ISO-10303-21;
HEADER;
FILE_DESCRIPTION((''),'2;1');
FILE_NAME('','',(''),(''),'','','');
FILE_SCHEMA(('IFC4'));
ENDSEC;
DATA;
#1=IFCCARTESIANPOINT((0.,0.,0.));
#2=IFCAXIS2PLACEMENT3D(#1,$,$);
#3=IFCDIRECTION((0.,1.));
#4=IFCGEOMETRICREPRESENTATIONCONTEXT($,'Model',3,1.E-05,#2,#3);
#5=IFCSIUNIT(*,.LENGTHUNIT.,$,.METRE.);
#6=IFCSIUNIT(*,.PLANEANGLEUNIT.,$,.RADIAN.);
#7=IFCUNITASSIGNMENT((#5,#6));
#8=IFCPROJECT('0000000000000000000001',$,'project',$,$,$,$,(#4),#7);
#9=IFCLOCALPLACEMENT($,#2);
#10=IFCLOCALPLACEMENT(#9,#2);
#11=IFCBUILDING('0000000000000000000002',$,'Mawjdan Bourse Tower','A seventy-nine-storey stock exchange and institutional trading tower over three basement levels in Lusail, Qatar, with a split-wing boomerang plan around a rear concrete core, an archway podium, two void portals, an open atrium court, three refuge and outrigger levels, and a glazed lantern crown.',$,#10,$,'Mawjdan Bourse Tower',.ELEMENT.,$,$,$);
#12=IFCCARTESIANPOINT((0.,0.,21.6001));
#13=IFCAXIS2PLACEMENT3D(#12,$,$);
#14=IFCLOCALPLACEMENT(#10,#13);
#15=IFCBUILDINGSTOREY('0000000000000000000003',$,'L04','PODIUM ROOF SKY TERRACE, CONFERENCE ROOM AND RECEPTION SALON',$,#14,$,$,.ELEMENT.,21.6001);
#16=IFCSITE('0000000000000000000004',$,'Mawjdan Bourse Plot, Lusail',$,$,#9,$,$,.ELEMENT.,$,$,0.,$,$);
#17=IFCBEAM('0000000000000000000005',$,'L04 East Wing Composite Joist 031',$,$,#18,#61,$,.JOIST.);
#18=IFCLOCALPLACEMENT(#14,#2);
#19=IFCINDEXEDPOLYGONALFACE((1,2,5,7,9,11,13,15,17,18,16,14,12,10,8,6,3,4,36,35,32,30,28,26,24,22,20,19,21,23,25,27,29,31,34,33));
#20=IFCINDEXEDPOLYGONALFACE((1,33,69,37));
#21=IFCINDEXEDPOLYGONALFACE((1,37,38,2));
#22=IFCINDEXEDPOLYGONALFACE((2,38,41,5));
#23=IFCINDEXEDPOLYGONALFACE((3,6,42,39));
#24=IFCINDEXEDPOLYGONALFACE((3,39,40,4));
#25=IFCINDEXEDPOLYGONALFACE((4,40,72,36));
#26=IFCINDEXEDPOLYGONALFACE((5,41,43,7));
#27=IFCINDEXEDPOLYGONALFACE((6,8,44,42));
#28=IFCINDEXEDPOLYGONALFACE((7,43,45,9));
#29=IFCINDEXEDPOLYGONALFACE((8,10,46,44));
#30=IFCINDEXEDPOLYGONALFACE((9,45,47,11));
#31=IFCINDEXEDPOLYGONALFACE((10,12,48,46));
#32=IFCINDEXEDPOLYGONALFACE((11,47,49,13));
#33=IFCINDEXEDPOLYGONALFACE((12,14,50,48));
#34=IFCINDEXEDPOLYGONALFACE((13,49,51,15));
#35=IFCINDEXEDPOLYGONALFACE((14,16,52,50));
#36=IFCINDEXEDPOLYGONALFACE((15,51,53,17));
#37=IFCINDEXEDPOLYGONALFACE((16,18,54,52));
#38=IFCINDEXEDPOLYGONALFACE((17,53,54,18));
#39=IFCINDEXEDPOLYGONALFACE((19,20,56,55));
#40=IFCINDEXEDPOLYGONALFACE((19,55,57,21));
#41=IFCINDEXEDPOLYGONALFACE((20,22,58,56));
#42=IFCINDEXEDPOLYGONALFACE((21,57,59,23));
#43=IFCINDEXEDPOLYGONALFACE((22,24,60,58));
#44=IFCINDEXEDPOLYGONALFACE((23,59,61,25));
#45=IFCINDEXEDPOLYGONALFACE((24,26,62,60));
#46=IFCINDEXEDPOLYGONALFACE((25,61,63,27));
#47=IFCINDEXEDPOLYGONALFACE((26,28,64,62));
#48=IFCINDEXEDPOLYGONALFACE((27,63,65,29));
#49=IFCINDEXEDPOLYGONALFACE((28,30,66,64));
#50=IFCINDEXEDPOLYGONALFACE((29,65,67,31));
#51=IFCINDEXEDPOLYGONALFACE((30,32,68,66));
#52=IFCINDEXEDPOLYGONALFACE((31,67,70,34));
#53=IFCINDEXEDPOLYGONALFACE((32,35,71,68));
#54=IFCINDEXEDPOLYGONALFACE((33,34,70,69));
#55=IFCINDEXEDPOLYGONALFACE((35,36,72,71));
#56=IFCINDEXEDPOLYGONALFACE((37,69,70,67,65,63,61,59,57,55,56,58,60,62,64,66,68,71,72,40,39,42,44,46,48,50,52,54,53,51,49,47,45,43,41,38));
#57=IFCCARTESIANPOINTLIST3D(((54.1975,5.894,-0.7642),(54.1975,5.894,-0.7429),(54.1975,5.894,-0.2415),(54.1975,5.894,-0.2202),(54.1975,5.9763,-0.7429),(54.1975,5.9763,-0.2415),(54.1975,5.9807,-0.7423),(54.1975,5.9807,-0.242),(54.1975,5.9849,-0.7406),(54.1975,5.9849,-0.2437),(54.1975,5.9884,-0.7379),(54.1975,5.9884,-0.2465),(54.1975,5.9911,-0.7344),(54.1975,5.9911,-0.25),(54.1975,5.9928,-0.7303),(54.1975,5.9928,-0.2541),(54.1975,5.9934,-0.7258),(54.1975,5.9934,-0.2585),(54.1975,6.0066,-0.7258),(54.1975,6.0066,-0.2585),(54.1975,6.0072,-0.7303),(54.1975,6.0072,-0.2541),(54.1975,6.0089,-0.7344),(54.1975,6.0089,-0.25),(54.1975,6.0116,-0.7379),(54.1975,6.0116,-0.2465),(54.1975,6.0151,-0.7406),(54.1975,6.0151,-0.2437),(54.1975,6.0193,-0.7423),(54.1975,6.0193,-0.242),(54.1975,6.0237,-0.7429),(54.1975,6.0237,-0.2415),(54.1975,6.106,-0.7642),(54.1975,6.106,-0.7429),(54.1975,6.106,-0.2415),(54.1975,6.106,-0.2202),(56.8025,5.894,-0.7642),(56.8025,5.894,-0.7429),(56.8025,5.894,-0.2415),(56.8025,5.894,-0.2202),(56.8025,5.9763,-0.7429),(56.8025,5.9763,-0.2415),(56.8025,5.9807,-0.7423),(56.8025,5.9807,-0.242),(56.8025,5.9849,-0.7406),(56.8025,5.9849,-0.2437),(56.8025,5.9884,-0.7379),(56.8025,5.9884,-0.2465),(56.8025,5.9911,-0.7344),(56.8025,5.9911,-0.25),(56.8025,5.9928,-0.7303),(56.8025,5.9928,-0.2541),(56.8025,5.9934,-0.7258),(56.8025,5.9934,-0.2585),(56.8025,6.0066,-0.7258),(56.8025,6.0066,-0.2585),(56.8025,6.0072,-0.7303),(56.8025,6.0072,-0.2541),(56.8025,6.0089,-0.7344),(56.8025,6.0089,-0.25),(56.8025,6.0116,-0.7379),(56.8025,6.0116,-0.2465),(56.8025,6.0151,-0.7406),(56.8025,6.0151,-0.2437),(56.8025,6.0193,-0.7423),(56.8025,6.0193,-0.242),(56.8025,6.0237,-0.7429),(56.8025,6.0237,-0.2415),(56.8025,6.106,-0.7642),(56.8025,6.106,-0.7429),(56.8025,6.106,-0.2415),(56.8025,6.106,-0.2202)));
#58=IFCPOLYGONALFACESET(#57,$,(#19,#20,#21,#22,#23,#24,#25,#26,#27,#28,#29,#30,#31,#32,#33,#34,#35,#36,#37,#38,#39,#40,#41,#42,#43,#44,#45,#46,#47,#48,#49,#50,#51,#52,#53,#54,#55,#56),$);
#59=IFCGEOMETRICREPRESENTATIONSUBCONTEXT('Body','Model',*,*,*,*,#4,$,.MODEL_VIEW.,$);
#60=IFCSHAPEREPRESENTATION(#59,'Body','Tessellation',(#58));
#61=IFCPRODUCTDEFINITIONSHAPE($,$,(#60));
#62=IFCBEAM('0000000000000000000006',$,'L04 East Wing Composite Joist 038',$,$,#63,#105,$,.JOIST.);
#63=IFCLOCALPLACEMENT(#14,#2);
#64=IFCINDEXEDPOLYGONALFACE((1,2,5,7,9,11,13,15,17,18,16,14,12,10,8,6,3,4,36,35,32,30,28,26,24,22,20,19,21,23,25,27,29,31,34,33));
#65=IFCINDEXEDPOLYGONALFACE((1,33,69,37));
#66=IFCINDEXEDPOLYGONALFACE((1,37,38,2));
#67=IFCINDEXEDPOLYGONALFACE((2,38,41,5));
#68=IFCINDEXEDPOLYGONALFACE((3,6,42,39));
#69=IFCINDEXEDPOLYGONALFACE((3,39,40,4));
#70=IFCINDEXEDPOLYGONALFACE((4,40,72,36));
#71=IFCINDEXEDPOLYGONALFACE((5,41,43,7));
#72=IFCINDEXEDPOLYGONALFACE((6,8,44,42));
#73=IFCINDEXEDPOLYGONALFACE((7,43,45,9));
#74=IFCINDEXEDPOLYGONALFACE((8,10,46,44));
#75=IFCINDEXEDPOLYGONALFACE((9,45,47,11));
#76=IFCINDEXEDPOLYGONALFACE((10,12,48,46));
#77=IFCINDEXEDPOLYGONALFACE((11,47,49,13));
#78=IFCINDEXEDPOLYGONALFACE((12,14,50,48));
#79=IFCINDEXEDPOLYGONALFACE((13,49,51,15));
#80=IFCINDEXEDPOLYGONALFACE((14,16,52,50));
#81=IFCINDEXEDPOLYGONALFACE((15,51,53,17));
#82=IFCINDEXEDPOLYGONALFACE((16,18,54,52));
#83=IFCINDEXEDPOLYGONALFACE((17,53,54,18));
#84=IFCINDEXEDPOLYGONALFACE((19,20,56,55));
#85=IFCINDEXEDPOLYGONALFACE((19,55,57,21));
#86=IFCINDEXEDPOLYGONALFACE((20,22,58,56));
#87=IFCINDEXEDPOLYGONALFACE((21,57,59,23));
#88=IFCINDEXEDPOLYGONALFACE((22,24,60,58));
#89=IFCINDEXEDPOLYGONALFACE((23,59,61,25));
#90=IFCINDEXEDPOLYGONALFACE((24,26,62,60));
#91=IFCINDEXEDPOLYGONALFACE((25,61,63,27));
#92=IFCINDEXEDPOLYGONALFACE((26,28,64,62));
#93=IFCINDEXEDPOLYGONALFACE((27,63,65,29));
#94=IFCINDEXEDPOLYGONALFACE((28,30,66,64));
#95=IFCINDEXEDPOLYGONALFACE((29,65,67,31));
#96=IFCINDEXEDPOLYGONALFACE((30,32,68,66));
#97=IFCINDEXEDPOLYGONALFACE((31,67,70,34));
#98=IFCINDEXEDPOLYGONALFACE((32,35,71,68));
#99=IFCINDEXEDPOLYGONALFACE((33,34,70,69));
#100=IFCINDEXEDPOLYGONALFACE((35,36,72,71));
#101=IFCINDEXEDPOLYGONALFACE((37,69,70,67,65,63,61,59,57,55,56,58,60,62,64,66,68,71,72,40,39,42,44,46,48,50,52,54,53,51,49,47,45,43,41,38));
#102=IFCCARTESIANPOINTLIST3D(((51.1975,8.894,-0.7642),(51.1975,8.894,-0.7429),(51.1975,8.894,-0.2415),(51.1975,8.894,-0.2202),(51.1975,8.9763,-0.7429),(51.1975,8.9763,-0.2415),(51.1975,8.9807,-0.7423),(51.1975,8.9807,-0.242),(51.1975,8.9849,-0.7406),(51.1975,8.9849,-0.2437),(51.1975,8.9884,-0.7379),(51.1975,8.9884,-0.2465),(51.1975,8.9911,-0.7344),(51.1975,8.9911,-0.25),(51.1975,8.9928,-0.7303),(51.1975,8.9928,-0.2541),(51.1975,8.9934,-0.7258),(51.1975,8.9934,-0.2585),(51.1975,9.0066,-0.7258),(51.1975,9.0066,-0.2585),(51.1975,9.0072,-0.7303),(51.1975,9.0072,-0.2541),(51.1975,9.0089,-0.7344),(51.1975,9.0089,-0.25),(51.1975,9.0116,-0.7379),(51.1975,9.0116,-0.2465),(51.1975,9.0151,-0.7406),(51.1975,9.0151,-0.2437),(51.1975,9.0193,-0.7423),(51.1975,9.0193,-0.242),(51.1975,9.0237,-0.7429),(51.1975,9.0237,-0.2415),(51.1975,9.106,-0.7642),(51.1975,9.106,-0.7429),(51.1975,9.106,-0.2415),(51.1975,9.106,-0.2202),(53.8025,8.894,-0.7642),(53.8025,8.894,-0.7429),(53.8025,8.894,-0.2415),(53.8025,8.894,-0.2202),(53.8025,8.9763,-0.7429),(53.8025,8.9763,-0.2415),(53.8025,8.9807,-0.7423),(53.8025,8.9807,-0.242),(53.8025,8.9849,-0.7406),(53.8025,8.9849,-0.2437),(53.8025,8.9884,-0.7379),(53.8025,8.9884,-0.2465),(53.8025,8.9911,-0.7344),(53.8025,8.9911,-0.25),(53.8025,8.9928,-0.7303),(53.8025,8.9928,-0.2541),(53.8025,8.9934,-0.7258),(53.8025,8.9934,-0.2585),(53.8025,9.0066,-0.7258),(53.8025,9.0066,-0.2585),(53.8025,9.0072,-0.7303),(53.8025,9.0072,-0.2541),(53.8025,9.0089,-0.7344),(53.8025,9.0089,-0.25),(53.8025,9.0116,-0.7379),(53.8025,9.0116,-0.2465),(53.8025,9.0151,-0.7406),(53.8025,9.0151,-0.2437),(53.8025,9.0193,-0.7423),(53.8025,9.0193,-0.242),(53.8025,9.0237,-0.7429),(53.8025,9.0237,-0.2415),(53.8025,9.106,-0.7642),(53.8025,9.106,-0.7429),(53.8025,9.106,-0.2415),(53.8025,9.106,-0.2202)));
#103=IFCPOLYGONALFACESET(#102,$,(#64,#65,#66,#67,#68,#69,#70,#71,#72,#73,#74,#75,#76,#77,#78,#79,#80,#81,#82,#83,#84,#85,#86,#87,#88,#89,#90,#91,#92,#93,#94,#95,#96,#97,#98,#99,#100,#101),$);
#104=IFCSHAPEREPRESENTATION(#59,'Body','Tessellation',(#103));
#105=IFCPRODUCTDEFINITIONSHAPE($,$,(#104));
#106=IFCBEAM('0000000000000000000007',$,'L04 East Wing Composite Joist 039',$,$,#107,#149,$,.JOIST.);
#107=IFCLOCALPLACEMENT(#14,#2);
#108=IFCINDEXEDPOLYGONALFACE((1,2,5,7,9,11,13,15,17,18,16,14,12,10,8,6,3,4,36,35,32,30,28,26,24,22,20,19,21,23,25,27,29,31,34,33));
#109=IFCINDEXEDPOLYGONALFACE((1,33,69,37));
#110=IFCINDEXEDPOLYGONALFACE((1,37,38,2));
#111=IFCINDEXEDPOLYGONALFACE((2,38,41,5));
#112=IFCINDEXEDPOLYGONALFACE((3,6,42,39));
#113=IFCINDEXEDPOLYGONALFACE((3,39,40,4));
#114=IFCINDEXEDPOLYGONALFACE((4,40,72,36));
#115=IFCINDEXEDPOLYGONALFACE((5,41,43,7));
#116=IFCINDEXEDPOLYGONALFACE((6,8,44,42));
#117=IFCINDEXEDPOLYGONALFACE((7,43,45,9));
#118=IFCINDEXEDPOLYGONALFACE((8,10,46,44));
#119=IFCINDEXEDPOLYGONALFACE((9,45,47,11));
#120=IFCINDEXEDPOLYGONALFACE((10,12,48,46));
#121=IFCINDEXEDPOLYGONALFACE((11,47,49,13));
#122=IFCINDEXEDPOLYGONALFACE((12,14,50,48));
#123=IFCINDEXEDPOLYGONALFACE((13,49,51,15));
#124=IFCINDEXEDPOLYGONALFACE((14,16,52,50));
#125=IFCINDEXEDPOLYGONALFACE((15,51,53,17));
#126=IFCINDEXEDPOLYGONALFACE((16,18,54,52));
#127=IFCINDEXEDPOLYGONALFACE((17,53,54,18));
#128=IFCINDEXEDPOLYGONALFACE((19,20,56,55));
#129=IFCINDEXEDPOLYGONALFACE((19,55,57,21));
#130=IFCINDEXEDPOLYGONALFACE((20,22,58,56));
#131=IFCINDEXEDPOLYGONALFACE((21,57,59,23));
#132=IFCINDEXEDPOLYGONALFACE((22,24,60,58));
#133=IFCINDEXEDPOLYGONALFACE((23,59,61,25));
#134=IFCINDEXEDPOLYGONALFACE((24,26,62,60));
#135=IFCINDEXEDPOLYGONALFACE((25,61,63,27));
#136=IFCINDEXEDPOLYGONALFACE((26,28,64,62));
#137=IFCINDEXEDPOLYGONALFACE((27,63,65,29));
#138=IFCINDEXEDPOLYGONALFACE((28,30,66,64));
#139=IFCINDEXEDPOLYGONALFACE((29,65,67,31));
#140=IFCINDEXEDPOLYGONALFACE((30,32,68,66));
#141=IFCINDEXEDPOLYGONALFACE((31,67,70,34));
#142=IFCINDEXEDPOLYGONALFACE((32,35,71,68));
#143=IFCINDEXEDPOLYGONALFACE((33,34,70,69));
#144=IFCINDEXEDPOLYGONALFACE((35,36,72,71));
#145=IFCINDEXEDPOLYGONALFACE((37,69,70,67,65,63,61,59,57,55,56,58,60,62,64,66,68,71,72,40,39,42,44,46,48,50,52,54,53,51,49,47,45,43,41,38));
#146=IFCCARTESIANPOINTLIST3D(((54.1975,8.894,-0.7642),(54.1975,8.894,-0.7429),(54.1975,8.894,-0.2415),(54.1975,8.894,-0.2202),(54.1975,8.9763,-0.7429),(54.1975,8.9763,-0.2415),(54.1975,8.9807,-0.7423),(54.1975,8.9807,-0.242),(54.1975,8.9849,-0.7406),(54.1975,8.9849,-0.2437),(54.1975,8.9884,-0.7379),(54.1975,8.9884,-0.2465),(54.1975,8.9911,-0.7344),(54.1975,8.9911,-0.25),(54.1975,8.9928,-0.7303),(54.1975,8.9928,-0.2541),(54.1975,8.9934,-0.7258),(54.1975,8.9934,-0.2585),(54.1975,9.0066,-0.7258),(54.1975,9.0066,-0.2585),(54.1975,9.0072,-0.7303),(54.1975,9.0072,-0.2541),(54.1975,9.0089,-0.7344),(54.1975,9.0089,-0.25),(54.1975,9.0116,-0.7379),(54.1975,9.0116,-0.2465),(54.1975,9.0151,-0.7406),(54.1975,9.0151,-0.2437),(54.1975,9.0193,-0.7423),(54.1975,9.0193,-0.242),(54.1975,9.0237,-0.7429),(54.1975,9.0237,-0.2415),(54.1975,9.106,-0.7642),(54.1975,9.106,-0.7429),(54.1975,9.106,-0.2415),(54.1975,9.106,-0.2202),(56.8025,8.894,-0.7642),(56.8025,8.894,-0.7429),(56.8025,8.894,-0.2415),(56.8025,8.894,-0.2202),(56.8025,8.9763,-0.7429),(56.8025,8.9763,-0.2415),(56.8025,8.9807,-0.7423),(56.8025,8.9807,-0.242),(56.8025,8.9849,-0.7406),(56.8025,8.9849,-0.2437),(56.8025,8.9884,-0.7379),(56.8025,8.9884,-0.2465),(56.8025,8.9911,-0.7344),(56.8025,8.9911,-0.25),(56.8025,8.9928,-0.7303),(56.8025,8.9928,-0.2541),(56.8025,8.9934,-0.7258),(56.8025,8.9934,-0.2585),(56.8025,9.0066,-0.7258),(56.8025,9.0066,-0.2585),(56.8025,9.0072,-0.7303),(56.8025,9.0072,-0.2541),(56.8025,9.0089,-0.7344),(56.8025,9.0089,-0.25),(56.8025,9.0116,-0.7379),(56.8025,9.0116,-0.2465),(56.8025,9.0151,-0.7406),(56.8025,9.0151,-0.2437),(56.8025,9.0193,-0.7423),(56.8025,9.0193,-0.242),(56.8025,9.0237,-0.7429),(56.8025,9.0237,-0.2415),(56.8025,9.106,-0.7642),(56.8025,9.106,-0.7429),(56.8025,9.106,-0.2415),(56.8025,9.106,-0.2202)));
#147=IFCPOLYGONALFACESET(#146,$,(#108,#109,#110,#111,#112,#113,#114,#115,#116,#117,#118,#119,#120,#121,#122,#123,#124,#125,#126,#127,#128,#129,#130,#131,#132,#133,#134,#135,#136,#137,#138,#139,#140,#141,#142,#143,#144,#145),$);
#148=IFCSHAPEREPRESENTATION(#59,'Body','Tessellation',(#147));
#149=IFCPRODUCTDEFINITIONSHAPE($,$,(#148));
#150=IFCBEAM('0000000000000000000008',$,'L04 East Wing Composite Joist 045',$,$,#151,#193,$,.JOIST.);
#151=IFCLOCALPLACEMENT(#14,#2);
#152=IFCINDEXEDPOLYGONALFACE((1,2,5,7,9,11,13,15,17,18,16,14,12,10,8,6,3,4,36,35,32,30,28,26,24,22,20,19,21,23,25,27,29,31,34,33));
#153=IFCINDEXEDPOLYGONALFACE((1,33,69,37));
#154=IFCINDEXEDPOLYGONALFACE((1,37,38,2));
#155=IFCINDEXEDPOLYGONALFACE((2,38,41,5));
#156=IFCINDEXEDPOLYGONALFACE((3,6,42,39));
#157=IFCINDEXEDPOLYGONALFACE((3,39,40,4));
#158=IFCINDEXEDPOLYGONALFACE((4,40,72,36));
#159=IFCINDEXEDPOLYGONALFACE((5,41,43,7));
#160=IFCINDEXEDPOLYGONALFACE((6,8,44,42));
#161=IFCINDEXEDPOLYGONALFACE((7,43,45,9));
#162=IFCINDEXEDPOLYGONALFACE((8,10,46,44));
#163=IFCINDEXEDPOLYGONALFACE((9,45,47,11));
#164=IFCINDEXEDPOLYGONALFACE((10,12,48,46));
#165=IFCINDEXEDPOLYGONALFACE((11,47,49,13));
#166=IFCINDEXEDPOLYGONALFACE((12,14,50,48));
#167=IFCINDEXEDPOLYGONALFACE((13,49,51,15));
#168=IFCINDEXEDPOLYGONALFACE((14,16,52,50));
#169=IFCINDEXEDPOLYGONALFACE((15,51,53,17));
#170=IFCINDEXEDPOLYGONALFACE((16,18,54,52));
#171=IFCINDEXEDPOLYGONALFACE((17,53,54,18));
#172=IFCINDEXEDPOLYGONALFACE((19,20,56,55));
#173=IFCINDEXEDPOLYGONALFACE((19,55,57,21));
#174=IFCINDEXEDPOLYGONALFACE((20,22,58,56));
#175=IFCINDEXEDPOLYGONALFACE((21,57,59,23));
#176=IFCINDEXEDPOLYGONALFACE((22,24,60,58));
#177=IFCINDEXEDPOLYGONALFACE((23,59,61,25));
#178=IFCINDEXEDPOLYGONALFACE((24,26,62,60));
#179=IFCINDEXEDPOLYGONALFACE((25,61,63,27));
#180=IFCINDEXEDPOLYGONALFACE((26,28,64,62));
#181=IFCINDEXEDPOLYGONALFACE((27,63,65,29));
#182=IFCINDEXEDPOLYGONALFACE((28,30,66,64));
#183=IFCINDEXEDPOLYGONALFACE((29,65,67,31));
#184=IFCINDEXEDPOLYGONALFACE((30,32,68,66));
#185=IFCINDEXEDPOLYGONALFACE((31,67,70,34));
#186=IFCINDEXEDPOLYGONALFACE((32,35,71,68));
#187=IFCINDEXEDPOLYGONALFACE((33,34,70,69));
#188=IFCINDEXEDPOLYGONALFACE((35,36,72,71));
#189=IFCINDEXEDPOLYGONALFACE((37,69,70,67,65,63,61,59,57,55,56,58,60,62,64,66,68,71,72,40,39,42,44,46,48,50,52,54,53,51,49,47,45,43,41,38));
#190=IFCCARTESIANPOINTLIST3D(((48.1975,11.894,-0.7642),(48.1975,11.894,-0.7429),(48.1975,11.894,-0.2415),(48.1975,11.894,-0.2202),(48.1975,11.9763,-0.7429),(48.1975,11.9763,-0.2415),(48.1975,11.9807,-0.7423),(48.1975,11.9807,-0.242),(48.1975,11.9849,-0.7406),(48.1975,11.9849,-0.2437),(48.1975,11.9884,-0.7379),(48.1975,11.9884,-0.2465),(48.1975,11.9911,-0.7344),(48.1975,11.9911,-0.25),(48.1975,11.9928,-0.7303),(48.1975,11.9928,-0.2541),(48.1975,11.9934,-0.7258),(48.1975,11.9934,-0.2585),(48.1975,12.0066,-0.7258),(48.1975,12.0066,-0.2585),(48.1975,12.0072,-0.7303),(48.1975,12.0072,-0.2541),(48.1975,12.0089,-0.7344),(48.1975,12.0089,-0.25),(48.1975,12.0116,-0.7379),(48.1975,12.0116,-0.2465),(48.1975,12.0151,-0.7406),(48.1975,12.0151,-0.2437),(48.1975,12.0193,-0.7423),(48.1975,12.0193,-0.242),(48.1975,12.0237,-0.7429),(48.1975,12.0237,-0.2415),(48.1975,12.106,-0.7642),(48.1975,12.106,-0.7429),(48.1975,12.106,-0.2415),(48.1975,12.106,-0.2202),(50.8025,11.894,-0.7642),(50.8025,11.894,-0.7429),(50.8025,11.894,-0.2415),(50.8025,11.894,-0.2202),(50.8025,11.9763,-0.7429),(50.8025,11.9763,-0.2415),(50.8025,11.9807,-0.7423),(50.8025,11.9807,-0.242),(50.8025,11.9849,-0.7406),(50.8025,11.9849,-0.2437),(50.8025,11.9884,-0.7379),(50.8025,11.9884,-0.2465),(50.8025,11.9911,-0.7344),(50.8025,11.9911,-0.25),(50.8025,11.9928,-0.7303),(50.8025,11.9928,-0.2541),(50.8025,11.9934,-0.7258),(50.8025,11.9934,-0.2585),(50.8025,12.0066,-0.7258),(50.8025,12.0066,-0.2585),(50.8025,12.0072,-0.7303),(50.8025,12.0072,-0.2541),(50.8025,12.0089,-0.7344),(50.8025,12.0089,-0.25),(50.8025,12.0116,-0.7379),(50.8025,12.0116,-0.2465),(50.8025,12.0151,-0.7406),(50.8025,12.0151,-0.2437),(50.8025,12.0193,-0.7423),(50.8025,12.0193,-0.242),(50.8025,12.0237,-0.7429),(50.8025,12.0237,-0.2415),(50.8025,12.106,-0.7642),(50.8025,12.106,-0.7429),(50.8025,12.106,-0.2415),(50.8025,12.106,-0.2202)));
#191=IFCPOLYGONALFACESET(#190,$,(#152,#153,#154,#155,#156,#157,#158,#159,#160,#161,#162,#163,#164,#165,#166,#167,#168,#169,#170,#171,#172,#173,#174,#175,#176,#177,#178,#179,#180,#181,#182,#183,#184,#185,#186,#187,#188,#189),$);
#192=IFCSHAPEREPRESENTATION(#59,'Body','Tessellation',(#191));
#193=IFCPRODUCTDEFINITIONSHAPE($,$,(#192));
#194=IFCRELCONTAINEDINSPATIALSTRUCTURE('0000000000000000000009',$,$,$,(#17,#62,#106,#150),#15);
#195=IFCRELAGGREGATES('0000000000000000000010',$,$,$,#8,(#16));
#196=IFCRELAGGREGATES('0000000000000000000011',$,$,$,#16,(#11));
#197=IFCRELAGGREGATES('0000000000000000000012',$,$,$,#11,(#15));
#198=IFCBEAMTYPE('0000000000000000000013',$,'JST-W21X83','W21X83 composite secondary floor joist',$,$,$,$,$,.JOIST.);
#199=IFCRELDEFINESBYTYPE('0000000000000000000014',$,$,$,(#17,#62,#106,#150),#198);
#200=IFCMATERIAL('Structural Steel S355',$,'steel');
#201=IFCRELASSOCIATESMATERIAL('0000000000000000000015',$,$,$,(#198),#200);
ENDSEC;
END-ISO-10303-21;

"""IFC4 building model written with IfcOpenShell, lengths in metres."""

from ifc_helpers import new_model, si_unit, direction, frame, origin, origin_2d, place, context, subcontext, project, spatial, i_section, extrude, material, material_profile, profile_set, type_object, element, save


model = new_model("IFC4")

# Units and contexts
model_context = context("Model", 3, precision=1e-05, world=origin(), true_north=direction((0.0, 1.0)))
body_context = subcontext(model_context, "Body", "Model", "MODEL_VIEW")
ifc_project = project(units=[si_unit("LENGTHUNIT", "METRE"), si_unit("PLANEANGLEUNIT", "RADIAN")], contexts=[model_context])

# Site, building, storey
site_placement = place(None, origin())
site = spatial("IfcSite", under=ifc_project, at=site_placement, Name="Mawjdan Bourse Plot, Lusail", CompositionType="ELEMENT", RefElevation=0.0)
building_placement = place(site_placement, origin())
building = spatial("IfcBuilding", under=site, at=building_placement, Name="Mawjdan Bourse Tower", Description="A seventy-nine-storey stock exchange and institutional trading tower over three basement levels in Lusail, Qatar, with a split-wing boomerang plan around a rear concrete core, an archway podium, two void portals, an open atrium court, three refuge and outrigger levels, and a glazed lantern crown.", LongName="Mawjdan Bourse Tower", CompositionType="ELEMENT")
storey_placement = place(building_placement, frame((0.0, 0.0, 21.6001)))
storey = spatial("IfcBuildingStorey", under=building, at=storey_placement, Name="L04", Description="PODIUM ROOF SKY TERRACE, CONFERENCE ROOM AND RECEPTION SALON", CompositionType="ELEMENT", Elevation=21.6001)

# Beams
ifc_material_1 = material(Name="Structural Steel S355", Category="steel")
ifc_material_profile_1 = material_profile(ifc_material_1, i_section(OverallWidth=0.2119, OverallDepth=0.5439, WebThickness=0.0132, FlangeThickness=0.0212, FilletRadius=0.0171, at=origin_2d()), Name="W21X83")
ifc_profile_set_1 = profile_set([ifc_material_profile_1], Name="Structural Steel S355")
beam_type_1 = type_object("IfcBeamType", Name="JST-W21X83", Description="W21X83 composite secondary floor joist", PredefinedType="JOIST", material=ifc_profile_set_1)
for number, where, z_axis, x_axis, name in (
    (1, (54.1975, 6.0, -0.4922), (1.0, 0.0, 0.0), (0.0, 1.0, 0.0), "L04 East Wing Composite Joist 031"),
    (2, (51.1975, 9.0, -0.4922), (1.0, 0.0, 0.0), (0.0, 1.0, 0.0), "L04 East Wing Composite Joist 038"),
    (3, (54.1975, 9.0, -0.4922), (1.0, 0.0, 0.0), (0.0, 1.0, 0.0), "L04 East Wing Composite Joist 039"),
    (4, (48.1975, 12.0, -0.4922), (1.0, 0.0, 0.0), (0.0, 1.0, 0.0), "L04 East Wing Composite Joist 045"),
):
    element("IfcBeam", number, at=place(storey_placement, frame(where, z_axis=z_axis, x_axis=x_axis)), inside=storey, type_object=beam_type_1, Name=name, PredefinedType="JOIST", context=body_context, shape_type="SweptSolid", body=[
        extrude(i_section(OverallWidth=0.2119, OverallDepth=0.5439, WebThickness=0.0132, FlangeThickness=0.0212, FilletRadius=0.0171, at=origin_2d()), origin(), (0.0, 0.0, 1.0), 2.605),
    ])

save(model, "model.ifc")
